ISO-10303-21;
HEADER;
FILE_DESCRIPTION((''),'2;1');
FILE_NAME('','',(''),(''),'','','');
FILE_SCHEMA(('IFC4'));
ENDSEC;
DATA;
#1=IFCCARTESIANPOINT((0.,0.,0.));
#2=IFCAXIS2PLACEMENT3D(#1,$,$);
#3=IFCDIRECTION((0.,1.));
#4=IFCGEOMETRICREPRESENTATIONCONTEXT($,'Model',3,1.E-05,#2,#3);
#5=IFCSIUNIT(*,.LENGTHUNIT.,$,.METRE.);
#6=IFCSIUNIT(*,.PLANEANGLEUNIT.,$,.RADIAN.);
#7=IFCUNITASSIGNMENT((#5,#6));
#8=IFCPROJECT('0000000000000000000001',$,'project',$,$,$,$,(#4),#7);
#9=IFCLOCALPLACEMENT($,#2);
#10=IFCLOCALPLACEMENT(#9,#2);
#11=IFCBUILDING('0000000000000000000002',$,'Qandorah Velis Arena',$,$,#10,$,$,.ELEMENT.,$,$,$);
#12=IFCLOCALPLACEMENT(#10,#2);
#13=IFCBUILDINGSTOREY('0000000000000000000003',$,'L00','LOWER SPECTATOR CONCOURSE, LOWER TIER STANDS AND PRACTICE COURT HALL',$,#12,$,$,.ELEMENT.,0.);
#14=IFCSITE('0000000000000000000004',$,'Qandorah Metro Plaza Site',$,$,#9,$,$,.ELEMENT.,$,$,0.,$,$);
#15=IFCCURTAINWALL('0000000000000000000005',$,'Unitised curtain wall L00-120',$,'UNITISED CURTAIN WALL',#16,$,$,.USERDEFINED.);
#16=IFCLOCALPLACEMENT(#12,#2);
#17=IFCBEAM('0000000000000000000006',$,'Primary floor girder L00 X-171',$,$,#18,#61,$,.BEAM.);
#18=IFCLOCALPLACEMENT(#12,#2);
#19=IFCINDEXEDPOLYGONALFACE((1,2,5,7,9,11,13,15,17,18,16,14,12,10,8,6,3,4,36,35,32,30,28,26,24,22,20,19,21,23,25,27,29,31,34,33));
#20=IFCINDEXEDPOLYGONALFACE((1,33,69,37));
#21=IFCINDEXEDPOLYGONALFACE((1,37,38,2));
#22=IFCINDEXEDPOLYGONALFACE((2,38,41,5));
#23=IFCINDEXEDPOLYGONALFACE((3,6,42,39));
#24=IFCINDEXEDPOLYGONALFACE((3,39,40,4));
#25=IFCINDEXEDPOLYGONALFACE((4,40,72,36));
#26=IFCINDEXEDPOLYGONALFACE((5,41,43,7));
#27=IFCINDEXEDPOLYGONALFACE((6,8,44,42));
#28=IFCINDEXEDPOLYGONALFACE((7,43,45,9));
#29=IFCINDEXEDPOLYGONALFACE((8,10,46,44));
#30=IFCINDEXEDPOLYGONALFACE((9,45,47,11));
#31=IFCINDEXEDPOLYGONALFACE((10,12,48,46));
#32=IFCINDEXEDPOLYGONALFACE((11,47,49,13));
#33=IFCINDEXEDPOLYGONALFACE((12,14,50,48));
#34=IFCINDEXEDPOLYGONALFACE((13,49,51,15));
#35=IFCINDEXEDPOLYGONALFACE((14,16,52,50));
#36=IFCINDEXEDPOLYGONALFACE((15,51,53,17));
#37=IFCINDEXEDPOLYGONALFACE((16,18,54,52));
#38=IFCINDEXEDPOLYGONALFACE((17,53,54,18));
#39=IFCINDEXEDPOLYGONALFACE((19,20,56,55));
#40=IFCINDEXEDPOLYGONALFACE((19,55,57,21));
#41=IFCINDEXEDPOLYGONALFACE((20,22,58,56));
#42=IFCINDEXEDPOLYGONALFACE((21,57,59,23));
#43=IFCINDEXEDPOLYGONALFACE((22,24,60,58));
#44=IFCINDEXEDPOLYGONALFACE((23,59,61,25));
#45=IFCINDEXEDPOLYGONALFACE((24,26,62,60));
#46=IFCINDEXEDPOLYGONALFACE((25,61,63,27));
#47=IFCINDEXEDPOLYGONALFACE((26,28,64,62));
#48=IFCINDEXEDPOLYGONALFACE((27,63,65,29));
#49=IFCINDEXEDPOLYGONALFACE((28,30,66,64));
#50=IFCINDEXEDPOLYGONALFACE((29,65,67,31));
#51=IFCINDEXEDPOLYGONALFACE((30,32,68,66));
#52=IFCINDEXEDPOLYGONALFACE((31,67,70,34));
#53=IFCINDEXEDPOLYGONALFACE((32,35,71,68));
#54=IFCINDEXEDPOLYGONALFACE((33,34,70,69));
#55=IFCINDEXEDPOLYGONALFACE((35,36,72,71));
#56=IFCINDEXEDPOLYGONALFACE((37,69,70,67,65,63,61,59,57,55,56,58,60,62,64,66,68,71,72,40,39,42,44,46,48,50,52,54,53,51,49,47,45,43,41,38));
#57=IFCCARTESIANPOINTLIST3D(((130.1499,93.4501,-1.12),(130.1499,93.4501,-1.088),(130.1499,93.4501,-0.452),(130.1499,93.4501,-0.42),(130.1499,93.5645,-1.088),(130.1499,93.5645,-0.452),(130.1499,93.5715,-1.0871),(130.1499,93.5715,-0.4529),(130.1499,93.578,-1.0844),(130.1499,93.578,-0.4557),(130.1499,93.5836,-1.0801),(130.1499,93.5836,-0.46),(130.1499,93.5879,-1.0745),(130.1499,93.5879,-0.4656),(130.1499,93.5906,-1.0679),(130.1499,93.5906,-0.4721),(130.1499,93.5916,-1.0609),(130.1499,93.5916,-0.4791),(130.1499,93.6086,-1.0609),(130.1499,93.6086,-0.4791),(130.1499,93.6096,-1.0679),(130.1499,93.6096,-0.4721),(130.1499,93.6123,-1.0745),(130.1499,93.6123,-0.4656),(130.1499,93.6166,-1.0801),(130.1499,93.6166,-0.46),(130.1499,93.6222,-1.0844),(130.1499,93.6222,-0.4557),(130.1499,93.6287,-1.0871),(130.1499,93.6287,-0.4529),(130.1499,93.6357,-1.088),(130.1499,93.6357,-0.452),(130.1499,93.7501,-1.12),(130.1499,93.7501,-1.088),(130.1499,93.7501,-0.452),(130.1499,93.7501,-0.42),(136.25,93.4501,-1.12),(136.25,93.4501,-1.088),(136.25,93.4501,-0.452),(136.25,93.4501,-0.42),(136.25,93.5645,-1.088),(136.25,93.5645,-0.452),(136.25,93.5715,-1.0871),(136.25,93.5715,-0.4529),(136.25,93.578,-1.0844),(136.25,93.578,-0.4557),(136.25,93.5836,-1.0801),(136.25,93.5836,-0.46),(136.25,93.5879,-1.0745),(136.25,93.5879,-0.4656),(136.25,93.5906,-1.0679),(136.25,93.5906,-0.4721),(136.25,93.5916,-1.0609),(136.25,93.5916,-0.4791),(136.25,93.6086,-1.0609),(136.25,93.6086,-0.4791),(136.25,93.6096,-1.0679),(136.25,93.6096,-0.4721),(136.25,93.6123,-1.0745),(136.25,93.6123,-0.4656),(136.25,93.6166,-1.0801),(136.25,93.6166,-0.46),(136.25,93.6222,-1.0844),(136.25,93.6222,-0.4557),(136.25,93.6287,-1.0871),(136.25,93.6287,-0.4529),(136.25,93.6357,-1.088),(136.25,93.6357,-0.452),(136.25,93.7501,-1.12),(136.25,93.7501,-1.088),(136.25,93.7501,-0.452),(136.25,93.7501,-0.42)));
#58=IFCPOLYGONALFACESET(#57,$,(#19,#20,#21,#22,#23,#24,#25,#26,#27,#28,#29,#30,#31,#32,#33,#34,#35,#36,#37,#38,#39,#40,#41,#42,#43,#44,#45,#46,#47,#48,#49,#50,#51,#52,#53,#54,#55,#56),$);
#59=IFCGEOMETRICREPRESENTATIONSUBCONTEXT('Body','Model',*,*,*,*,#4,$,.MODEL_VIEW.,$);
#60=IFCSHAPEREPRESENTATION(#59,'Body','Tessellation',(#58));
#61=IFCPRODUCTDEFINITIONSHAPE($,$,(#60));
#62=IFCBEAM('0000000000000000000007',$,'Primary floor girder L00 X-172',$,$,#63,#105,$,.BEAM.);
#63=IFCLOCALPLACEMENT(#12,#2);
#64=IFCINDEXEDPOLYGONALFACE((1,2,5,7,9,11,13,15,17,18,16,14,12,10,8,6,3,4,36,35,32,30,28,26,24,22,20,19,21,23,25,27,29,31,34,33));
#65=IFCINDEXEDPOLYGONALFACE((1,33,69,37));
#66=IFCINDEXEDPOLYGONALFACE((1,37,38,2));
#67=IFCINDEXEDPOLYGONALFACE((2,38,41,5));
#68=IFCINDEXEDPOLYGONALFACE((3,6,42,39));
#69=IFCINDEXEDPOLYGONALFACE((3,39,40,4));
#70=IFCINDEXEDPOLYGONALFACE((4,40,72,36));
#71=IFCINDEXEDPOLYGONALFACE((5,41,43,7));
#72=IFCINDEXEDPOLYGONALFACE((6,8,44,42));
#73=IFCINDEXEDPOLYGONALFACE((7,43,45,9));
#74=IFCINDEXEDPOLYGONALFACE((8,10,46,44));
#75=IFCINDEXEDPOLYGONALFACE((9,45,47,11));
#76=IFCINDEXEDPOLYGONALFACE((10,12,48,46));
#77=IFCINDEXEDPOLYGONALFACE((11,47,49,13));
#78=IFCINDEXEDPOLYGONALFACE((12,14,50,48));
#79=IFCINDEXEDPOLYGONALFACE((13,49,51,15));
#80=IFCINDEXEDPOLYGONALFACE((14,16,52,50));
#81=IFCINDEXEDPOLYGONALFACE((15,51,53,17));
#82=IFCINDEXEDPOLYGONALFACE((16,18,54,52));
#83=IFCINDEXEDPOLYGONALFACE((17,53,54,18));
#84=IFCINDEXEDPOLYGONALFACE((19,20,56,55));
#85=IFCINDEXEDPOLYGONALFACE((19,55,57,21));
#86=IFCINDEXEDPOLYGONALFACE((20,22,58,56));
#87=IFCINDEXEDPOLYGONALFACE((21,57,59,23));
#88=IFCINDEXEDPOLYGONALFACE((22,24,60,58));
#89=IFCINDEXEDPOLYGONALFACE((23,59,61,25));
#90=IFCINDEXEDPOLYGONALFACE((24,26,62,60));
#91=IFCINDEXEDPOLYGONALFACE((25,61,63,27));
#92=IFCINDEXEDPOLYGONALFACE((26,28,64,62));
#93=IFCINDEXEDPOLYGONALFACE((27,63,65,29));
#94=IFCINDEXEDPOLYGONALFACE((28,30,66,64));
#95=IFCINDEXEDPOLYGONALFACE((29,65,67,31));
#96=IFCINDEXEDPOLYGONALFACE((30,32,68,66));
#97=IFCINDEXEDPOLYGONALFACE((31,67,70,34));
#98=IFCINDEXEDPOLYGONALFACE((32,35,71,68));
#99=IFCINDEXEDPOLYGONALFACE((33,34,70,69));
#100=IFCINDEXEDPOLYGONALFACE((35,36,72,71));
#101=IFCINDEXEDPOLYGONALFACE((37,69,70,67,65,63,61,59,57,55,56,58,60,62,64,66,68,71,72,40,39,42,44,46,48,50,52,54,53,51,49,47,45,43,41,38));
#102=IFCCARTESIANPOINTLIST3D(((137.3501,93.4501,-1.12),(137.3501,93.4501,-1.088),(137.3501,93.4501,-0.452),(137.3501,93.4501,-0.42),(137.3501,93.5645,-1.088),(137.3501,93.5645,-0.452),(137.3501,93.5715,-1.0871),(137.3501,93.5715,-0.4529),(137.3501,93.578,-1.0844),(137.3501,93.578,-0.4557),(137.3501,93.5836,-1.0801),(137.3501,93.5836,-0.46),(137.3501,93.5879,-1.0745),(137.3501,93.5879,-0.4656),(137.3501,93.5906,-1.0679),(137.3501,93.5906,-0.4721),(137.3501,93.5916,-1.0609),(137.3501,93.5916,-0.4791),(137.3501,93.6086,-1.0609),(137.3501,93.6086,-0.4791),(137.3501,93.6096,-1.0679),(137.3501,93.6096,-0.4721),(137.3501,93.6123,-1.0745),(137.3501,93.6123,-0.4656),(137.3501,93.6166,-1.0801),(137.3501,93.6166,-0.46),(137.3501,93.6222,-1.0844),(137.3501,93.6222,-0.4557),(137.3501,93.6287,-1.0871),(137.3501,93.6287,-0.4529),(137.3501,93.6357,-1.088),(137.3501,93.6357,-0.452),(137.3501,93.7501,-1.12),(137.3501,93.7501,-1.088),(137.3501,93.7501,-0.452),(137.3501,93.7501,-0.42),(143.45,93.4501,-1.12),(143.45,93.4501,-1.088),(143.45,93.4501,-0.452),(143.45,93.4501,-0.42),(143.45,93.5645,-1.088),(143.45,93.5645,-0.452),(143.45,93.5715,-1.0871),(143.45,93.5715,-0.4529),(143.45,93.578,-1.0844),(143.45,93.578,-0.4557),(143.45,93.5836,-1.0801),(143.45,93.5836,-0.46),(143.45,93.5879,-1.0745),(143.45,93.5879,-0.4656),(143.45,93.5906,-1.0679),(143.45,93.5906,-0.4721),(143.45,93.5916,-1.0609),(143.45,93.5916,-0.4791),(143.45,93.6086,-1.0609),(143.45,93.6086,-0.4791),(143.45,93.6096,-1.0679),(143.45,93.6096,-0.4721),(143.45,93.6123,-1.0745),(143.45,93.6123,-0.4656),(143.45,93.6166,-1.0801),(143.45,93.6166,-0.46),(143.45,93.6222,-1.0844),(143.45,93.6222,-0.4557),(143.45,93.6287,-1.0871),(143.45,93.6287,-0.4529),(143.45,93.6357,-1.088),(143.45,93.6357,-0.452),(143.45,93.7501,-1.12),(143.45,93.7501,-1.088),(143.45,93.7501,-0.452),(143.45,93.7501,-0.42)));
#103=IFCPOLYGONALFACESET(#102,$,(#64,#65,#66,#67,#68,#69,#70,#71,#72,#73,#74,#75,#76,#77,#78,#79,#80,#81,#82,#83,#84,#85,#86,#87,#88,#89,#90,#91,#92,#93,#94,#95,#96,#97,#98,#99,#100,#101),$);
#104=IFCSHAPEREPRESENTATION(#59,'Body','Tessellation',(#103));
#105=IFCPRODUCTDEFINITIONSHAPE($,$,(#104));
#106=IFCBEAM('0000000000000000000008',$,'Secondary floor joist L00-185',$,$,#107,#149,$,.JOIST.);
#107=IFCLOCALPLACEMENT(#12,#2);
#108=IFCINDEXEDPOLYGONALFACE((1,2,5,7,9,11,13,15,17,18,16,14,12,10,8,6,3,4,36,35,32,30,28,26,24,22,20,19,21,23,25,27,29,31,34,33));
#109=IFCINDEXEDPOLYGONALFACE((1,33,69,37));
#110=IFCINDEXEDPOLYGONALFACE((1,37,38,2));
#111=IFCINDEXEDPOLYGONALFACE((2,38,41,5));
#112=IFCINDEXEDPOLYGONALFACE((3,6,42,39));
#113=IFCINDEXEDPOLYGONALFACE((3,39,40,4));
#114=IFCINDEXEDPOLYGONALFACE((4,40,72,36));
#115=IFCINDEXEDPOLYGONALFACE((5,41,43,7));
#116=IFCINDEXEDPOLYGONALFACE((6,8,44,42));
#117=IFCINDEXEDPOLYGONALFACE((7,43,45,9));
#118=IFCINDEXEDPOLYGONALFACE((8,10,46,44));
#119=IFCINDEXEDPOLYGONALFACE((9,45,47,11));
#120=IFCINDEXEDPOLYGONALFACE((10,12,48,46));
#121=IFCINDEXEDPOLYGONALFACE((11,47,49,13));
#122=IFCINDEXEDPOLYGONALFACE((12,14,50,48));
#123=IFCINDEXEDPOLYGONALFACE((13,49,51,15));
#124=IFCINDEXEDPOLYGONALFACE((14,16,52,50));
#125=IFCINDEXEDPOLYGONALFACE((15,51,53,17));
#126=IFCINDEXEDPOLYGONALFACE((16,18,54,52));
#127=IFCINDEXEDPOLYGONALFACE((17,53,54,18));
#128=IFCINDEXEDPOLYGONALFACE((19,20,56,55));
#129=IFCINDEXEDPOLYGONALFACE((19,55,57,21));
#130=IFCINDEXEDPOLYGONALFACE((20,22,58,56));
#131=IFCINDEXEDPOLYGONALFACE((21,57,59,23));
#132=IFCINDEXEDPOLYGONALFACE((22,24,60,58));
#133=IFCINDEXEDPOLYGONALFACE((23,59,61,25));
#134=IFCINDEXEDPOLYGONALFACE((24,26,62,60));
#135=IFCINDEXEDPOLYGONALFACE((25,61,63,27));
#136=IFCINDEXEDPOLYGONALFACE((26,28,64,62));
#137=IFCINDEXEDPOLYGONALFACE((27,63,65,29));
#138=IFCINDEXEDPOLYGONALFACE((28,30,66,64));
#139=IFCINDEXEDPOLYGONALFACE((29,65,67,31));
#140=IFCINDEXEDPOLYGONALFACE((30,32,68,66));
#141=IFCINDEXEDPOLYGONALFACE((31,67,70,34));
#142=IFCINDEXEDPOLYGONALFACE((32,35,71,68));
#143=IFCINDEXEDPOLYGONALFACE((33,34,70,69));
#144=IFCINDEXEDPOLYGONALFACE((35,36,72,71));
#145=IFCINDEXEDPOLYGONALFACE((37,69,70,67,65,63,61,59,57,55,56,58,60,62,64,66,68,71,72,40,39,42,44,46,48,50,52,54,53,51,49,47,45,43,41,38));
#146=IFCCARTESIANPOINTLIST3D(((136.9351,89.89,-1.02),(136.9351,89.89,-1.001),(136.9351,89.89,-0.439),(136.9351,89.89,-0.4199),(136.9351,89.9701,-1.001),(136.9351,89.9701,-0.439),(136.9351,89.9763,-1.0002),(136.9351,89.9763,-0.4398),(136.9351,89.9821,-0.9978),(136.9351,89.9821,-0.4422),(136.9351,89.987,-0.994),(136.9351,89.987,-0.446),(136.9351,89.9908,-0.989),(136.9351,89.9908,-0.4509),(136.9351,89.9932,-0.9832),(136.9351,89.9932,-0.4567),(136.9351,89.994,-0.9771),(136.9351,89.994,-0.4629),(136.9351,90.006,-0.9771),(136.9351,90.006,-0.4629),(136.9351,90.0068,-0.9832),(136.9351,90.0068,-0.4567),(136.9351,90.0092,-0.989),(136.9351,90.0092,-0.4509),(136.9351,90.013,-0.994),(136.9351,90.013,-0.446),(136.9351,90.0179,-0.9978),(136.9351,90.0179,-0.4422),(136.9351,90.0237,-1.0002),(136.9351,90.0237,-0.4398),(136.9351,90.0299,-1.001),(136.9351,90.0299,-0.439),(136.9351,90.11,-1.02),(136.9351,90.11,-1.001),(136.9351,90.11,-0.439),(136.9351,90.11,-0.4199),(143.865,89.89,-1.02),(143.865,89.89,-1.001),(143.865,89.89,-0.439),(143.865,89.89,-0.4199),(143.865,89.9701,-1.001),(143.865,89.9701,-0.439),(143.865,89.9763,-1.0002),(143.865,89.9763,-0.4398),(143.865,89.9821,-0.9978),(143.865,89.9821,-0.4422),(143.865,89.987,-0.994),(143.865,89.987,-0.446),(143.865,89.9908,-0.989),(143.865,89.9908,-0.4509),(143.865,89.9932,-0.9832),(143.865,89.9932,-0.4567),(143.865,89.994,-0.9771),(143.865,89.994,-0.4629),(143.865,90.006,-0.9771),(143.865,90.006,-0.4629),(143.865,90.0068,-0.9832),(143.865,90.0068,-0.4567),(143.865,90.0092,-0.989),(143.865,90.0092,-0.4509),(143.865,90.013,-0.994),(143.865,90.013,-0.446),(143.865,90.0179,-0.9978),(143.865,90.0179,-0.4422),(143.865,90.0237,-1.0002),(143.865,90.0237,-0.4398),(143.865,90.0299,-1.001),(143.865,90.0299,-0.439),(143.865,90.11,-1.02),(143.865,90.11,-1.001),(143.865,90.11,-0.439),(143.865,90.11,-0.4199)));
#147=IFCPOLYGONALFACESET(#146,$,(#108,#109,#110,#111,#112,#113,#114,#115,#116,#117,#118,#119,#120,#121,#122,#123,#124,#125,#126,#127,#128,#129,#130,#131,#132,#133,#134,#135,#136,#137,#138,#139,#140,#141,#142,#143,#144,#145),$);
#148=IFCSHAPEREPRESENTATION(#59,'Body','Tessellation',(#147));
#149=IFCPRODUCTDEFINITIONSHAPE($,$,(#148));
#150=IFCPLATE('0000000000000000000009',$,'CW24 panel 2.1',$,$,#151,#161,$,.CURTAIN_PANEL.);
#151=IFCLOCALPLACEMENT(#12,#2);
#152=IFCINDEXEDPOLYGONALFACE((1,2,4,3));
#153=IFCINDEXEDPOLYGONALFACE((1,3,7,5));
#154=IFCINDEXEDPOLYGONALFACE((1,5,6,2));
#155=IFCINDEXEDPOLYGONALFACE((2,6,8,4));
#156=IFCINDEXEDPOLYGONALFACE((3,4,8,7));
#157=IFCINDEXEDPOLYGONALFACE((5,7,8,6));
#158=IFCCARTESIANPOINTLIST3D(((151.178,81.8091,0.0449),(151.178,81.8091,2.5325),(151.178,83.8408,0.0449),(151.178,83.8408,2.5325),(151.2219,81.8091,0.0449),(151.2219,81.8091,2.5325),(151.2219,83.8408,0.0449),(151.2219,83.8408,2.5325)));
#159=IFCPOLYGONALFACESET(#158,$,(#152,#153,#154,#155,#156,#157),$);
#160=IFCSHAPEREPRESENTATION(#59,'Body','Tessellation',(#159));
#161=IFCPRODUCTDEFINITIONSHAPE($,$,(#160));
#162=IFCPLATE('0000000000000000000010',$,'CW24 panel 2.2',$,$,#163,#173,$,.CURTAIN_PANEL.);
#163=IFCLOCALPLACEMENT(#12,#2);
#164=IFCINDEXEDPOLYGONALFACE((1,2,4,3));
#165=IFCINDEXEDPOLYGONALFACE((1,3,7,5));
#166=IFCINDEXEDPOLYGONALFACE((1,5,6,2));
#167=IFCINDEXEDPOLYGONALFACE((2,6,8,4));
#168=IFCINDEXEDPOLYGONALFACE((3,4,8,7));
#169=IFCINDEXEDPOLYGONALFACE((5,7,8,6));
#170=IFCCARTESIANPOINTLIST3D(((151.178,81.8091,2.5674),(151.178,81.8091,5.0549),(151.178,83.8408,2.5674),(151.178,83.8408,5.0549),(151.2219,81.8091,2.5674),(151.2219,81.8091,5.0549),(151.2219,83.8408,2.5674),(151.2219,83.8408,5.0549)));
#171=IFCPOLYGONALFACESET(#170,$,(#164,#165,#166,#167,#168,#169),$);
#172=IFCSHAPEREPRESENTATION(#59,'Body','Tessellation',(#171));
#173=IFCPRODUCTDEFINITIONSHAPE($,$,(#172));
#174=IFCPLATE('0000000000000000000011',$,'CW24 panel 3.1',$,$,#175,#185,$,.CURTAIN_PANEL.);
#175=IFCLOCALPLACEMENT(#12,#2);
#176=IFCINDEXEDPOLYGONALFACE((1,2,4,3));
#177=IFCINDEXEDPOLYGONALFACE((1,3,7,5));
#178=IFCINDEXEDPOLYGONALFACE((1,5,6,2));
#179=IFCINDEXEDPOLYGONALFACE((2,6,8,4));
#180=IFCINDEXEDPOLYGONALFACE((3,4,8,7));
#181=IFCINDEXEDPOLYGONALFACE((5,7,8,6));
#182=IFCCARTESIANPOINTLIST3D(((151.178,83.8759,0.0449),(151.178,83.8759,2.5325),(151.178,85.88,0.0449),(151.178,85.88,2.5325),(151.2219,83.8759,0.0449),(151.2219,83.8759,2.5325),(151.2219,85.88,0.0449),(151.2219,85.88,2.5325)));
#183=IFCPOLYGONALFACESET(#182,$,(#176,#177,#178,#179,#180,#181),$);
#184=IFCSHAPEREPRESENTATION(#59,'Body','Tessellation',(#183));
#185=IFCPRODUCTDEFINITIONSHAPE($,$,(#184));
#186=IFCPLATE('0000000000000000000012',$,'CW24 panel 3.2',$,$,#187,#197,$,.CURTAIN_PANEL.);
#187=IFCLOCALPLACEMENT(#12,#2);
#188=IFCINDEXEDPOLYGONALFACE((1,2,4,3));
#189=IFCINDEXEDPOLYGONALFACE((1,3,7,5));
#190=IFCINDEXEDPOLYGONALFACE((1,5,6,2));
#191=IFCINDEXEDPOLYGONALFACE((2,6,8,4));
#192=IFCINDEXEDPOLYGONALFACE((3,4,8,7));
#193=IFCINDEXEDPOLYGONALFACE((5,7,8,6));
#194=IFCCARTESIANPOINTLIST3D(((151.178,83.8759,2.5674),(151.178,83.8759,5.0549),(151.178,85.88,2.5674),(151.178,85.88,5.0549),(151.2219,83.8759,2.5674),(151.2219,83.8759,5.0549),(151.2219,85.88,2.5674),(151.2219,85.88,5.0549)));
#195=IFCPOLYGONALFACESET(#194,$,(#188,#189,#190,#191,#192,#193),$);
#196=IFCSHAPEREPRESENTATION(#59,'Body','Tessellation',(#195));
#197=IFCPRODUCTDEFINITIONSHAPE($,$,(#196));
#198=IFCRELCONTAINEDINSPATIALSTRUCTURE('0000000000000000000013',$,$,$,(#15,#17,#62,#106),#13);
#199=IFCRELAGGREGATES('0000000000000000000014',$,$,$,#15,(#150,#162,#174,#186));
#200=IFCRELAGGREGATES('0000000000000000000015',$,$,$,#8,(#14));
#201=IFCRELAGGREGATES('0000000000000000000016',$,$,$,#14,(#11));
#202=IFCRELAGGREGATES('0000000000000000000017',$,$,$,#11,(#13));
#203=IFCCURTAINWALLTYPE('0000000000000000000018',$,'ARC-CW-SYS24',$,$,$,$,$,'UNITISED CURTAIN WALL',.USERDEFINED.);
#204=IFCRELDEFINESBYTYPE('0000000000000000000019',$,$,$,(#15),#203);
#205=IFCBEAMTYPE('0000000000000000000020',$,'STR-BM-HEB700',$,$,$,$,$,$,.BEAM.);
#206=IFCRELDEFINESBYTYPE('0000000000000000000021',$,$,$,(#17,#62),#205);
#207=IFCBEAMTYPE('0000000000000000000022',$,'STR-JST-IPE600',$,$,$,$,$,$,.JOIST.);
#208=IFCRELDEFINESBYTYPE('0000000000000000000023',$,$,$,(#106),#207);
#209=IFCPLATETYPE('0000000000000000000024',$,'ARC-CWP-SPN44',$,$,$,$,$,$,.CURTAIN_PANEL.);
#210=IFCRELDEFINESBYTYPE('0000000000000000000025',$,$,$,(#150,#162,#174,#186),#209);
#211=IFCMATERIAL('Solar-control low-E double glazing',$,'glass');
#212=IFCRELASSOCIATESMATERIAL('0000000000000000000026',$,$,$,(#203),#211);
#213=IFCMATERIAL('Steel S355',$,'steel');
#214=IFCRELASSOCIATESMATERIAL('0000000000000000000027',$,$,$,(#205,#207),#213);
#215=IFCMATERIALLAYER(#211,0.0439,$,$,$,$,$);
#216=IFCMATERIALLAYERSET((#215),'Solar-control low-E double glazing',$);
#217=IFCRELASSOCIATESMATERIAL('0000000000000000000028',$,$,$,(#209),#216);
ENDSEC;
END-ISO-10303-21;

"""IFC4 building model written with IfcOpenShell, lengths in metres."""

from ifc_helpers import new_model, si_unit, direction, frame, origin, origin_2d, place, context, subcontext, project, spatial, rectangle, i_section, extrude, material, layer, layer_set, material_profile, profile_set, type_object, element, aggregate, save


model = new_model("IFC4")

# Units and contexts
model_context = context("Model", 3, precision=1e-05, world=origin(), true_north=direction((0.0, 1.0)))
body_context = subcontext(model_context, "Body", "Model", "MODEL_VIEW")
ifc_project = project(units=[si_unit("LENGTHUNIT", "METRE"), si_unit("PLANEANGLEUNIT", "RADIAN")], contexts=[model_context])

# Site, building, storey
site_placement = place(None, origin())
site = spatial("IfcSite", under=ifc_project, at=site_placement, Name="Qandorah Metro Plaza Site", CompositionType="ELEMENT", RefElevation=0.0)
building_placement = place(site_placement, origin())
building = spatial("IfcBuilding", under=site, at=building_placement, Name="Qandorah Velis Arena", CompositionType="ELEMENT")
storey_placement = place(building_placement, origin())
storey = spatial("IfcBuildingStorey", under=building, at=storey_placement, Name="L00", Description="LOWER SPECTATOR CONCOURSE, LOWER TIER STANDS AND PRACTICE COURT HALL", CompositionType="ELEMENT", Elevation=0.0)

# Curtain wall
ifc_material_1 = material(Name="Solar-control low-E double glazing", Category="glass")
curtain_wall_type = type_object("IfcCurtainWallType", Name="ARC-CW-SYS24", ElementType="UNITISED CURTAIN WALL", PredefinedType="USERDEFINED", material=ifc_material_1)
curtain_wall_placement = place(storey_placement, origin())
curtain_wall = element("IfcCurtainWall", 1, at=curtain_wall_placement, inside=storey, type_object=curtain_wall_type, Name="Unitised curtain wall L00-120", ObjectType="UNITISED CURTAIN WALL", PredefinedType="USERDEFINED")

# Beams
ifc_material_2 = material(Name="Steel S355", Category="steel")
ifc_material_profile_1 = material_profile(ifc_material_2, i_section(OverallWidth=0.3, OverallDepth=0.7, WebThickness=0.0171, FlangeThickness=0.032, FilletRadius=0.0271, at=origin_2d()), Name="HEB 700")
ifc_profile_set_1 = profile_set([ifc_material_profile_1], Name="Steel S355")
beam_type_1 = type_object("IfcBeamType", Name="STR-BM-HEB700", PredefinedType="BEAM", material=ifc_profile_set_1)
beam_1_placement = place(storey_placement, frame((130.1499, 93.6001, -0.77), z_axis=(1.0, 0.0, 0.0), x_axis=(0.0, 1.0, 0.0)))
element("IfcBeam", 2, at=beam_1_placement, inside=storey, type_object=beam_type_1, Name="Primary floor girder L00 X-171", PredefinedType="BEAM", context=body_context, shape_type="SweptSolid", body=[
    extrude(i_section(OverallWidth=0.3, OverallDepth=0.7, WebThickness=0.0171, FlangeThickness=0.032, FilletRadius=0.0271, at=origin_2d()), origin(), (0.0, 0.0, 1.0), 6.1001),
])
beam_2_placement = place(storey_placement, frame((137.3501, 93.6001, -0.77), z_axis=(1.0, 0.0, 0.0), x_axis=(0.0, 1.0, 0.0)))
element("IfcBeam", 3, at=beam_2_placement, inside=storey, type_object=beam_type_1, Name="Primary floor girder L00 X-172", PredefinedType="BEAM", context=body_context, shape_type="SweptSolid", body=[
    extrude(i_section(OverallWidth=0.3, OverallDepth=0.7, WebThickness=0.0171, FlangeThickness=0.032, FilletRadius=0.0271, at=origin_2d()), origin(), (0.0, 0.0, 1.0), 6.0999),
])
ifc_material_profile_2 = material_profile(ifc_material_2, i_section(OverallWidth=0.22, OverallDepth=0.6001, WebThickness=0.012, FlangeThickness=0.019, FilletRadius=0.0239, at=origin_2d()), Name="IPE 600")
ifc_profile_set_2 = profile_set([ifc_material_profile_2], Name="Steel S355")
beam_type_2 = type_object("IfcBeamType", Name="STR-JST-IPE600", PredefinedType="JOIST", material=ifc_profile_set_2)
beam_3_placement = place(storey_placement, frame((136.9351, 90.0, -0.72), z_axis=(1.0, 0.0, 0.0), x_axis=(0.0, 1.0, 0.0)))
element("IfcBeam", 4, at=beam_3_placement, inside=storey, type_object=beam_type_2, Name="Secondary floor joist L00-185", PredefinedType="JOIST", context=body_context, shape_type="SweptSolid", body=[
    extrude(i_section(OverallWidth=0.22, OverallDepth=0.6001, WebThickness=0.012, FlangeThickness=0.019, FilletRadius=0.0239, at=origin_2d()), origin(), (0.0, 0.0, 1.0), 6.9299),
])

# Plates
ifc_layer_1 = layer(ifc_material_1, 0.0439)
ifc_layer_set_1 = layer_set([ifc_layer_1], Name="Solar-control low-E double glazing")
plate_type = type_object("IfcPlateType", Name="ARC-CWP-SPN44", PredefinedType="CURTAIN_PANEL", material=ifc_layer_set_1)
plate_1_placement = place(storey_placement, frame((151.2, 82.825, 0.0449), z_axis=(0.0, 0.0, 1.0), x_axis=(0.0, 1.0, 0.0)))
plate_1 = element("IfcPlate", 5, at=plate_1_placement, type_object=plate_type, Name="CW24 panel 2.1", PredefinedType="CURTAIN_PANEL", context=body_context, shape_type="SweptSolid", body=[
    extrude(rectangle(XDim=2.0317, YDim=0.0439, at=origin_2d()), origin(), (0.0, 0.0, 1.0), 2.4875),
])
plate_2_placement = place(storey_placement, frame((151.2, 82.825, 2.5674), z_axis=(0.0, 0.0, 1.0), x_axis=(0.0, 1.0, 0.0)))
plate_2 = element("IfcPlate", 6, at=plate_2_placement, type_object=plate_type, Name="CW24 panel 2.2", PredefinedType="CURTAIN_PANEL", context=body_context, shape_type="SweptSolid", body=[
    extrude(rectangle(XDim=2.0317, YDim=0.0439, at=origin_2d()), origin(), (0.0, 0.0, 1.0), 2.4875),
])
plate_3_placement = place(storey_placement, frame((151.2, 84.8779, 0.0449), z_axis=(0.0, 0.0, 1.0), x_axis=(0.0, 1.0, 0.0)))
plate_3 = element("IfcPlate", 7, at=plate_3_placement, type_object=plate_type, Name="CW24 panel 3.1", PredefinedType="CURTAIN_PANEL", context=body_context, shape_type="SweptSolid", body=[
    extrude(rectangle(XDim=2.0042, YDim=0.0439, at=origin_2d()), origin(), (0.0, 0.0, 1.0), 2.4875),
])
plate_4_placement = place(storey_placement, frame((151.2, 84.8779, 2.5674), z_axis=(0.0, 0.0, 1.0), x_axis=(0.0, 1.0, 0.0)))
plate_4 = element("IfcPlate", 8, at=plate_4_placement, type_object=plate_type, Name="CW24 panel 3.2", PredefinedType="CURTAIN_PANEL", context=body_context, shape_type="SweptSolid", body=[
    extrude(rectangle(XDim=2.0042, YDim=0.0439, at=origin_2d()), origin(), (0.0, 0.0, 1.0), 2.4875),
])
aggregate(curtain_wall, [plate_1, plate_2, plate_3, plate_4])

save(model, "model.ifc")
